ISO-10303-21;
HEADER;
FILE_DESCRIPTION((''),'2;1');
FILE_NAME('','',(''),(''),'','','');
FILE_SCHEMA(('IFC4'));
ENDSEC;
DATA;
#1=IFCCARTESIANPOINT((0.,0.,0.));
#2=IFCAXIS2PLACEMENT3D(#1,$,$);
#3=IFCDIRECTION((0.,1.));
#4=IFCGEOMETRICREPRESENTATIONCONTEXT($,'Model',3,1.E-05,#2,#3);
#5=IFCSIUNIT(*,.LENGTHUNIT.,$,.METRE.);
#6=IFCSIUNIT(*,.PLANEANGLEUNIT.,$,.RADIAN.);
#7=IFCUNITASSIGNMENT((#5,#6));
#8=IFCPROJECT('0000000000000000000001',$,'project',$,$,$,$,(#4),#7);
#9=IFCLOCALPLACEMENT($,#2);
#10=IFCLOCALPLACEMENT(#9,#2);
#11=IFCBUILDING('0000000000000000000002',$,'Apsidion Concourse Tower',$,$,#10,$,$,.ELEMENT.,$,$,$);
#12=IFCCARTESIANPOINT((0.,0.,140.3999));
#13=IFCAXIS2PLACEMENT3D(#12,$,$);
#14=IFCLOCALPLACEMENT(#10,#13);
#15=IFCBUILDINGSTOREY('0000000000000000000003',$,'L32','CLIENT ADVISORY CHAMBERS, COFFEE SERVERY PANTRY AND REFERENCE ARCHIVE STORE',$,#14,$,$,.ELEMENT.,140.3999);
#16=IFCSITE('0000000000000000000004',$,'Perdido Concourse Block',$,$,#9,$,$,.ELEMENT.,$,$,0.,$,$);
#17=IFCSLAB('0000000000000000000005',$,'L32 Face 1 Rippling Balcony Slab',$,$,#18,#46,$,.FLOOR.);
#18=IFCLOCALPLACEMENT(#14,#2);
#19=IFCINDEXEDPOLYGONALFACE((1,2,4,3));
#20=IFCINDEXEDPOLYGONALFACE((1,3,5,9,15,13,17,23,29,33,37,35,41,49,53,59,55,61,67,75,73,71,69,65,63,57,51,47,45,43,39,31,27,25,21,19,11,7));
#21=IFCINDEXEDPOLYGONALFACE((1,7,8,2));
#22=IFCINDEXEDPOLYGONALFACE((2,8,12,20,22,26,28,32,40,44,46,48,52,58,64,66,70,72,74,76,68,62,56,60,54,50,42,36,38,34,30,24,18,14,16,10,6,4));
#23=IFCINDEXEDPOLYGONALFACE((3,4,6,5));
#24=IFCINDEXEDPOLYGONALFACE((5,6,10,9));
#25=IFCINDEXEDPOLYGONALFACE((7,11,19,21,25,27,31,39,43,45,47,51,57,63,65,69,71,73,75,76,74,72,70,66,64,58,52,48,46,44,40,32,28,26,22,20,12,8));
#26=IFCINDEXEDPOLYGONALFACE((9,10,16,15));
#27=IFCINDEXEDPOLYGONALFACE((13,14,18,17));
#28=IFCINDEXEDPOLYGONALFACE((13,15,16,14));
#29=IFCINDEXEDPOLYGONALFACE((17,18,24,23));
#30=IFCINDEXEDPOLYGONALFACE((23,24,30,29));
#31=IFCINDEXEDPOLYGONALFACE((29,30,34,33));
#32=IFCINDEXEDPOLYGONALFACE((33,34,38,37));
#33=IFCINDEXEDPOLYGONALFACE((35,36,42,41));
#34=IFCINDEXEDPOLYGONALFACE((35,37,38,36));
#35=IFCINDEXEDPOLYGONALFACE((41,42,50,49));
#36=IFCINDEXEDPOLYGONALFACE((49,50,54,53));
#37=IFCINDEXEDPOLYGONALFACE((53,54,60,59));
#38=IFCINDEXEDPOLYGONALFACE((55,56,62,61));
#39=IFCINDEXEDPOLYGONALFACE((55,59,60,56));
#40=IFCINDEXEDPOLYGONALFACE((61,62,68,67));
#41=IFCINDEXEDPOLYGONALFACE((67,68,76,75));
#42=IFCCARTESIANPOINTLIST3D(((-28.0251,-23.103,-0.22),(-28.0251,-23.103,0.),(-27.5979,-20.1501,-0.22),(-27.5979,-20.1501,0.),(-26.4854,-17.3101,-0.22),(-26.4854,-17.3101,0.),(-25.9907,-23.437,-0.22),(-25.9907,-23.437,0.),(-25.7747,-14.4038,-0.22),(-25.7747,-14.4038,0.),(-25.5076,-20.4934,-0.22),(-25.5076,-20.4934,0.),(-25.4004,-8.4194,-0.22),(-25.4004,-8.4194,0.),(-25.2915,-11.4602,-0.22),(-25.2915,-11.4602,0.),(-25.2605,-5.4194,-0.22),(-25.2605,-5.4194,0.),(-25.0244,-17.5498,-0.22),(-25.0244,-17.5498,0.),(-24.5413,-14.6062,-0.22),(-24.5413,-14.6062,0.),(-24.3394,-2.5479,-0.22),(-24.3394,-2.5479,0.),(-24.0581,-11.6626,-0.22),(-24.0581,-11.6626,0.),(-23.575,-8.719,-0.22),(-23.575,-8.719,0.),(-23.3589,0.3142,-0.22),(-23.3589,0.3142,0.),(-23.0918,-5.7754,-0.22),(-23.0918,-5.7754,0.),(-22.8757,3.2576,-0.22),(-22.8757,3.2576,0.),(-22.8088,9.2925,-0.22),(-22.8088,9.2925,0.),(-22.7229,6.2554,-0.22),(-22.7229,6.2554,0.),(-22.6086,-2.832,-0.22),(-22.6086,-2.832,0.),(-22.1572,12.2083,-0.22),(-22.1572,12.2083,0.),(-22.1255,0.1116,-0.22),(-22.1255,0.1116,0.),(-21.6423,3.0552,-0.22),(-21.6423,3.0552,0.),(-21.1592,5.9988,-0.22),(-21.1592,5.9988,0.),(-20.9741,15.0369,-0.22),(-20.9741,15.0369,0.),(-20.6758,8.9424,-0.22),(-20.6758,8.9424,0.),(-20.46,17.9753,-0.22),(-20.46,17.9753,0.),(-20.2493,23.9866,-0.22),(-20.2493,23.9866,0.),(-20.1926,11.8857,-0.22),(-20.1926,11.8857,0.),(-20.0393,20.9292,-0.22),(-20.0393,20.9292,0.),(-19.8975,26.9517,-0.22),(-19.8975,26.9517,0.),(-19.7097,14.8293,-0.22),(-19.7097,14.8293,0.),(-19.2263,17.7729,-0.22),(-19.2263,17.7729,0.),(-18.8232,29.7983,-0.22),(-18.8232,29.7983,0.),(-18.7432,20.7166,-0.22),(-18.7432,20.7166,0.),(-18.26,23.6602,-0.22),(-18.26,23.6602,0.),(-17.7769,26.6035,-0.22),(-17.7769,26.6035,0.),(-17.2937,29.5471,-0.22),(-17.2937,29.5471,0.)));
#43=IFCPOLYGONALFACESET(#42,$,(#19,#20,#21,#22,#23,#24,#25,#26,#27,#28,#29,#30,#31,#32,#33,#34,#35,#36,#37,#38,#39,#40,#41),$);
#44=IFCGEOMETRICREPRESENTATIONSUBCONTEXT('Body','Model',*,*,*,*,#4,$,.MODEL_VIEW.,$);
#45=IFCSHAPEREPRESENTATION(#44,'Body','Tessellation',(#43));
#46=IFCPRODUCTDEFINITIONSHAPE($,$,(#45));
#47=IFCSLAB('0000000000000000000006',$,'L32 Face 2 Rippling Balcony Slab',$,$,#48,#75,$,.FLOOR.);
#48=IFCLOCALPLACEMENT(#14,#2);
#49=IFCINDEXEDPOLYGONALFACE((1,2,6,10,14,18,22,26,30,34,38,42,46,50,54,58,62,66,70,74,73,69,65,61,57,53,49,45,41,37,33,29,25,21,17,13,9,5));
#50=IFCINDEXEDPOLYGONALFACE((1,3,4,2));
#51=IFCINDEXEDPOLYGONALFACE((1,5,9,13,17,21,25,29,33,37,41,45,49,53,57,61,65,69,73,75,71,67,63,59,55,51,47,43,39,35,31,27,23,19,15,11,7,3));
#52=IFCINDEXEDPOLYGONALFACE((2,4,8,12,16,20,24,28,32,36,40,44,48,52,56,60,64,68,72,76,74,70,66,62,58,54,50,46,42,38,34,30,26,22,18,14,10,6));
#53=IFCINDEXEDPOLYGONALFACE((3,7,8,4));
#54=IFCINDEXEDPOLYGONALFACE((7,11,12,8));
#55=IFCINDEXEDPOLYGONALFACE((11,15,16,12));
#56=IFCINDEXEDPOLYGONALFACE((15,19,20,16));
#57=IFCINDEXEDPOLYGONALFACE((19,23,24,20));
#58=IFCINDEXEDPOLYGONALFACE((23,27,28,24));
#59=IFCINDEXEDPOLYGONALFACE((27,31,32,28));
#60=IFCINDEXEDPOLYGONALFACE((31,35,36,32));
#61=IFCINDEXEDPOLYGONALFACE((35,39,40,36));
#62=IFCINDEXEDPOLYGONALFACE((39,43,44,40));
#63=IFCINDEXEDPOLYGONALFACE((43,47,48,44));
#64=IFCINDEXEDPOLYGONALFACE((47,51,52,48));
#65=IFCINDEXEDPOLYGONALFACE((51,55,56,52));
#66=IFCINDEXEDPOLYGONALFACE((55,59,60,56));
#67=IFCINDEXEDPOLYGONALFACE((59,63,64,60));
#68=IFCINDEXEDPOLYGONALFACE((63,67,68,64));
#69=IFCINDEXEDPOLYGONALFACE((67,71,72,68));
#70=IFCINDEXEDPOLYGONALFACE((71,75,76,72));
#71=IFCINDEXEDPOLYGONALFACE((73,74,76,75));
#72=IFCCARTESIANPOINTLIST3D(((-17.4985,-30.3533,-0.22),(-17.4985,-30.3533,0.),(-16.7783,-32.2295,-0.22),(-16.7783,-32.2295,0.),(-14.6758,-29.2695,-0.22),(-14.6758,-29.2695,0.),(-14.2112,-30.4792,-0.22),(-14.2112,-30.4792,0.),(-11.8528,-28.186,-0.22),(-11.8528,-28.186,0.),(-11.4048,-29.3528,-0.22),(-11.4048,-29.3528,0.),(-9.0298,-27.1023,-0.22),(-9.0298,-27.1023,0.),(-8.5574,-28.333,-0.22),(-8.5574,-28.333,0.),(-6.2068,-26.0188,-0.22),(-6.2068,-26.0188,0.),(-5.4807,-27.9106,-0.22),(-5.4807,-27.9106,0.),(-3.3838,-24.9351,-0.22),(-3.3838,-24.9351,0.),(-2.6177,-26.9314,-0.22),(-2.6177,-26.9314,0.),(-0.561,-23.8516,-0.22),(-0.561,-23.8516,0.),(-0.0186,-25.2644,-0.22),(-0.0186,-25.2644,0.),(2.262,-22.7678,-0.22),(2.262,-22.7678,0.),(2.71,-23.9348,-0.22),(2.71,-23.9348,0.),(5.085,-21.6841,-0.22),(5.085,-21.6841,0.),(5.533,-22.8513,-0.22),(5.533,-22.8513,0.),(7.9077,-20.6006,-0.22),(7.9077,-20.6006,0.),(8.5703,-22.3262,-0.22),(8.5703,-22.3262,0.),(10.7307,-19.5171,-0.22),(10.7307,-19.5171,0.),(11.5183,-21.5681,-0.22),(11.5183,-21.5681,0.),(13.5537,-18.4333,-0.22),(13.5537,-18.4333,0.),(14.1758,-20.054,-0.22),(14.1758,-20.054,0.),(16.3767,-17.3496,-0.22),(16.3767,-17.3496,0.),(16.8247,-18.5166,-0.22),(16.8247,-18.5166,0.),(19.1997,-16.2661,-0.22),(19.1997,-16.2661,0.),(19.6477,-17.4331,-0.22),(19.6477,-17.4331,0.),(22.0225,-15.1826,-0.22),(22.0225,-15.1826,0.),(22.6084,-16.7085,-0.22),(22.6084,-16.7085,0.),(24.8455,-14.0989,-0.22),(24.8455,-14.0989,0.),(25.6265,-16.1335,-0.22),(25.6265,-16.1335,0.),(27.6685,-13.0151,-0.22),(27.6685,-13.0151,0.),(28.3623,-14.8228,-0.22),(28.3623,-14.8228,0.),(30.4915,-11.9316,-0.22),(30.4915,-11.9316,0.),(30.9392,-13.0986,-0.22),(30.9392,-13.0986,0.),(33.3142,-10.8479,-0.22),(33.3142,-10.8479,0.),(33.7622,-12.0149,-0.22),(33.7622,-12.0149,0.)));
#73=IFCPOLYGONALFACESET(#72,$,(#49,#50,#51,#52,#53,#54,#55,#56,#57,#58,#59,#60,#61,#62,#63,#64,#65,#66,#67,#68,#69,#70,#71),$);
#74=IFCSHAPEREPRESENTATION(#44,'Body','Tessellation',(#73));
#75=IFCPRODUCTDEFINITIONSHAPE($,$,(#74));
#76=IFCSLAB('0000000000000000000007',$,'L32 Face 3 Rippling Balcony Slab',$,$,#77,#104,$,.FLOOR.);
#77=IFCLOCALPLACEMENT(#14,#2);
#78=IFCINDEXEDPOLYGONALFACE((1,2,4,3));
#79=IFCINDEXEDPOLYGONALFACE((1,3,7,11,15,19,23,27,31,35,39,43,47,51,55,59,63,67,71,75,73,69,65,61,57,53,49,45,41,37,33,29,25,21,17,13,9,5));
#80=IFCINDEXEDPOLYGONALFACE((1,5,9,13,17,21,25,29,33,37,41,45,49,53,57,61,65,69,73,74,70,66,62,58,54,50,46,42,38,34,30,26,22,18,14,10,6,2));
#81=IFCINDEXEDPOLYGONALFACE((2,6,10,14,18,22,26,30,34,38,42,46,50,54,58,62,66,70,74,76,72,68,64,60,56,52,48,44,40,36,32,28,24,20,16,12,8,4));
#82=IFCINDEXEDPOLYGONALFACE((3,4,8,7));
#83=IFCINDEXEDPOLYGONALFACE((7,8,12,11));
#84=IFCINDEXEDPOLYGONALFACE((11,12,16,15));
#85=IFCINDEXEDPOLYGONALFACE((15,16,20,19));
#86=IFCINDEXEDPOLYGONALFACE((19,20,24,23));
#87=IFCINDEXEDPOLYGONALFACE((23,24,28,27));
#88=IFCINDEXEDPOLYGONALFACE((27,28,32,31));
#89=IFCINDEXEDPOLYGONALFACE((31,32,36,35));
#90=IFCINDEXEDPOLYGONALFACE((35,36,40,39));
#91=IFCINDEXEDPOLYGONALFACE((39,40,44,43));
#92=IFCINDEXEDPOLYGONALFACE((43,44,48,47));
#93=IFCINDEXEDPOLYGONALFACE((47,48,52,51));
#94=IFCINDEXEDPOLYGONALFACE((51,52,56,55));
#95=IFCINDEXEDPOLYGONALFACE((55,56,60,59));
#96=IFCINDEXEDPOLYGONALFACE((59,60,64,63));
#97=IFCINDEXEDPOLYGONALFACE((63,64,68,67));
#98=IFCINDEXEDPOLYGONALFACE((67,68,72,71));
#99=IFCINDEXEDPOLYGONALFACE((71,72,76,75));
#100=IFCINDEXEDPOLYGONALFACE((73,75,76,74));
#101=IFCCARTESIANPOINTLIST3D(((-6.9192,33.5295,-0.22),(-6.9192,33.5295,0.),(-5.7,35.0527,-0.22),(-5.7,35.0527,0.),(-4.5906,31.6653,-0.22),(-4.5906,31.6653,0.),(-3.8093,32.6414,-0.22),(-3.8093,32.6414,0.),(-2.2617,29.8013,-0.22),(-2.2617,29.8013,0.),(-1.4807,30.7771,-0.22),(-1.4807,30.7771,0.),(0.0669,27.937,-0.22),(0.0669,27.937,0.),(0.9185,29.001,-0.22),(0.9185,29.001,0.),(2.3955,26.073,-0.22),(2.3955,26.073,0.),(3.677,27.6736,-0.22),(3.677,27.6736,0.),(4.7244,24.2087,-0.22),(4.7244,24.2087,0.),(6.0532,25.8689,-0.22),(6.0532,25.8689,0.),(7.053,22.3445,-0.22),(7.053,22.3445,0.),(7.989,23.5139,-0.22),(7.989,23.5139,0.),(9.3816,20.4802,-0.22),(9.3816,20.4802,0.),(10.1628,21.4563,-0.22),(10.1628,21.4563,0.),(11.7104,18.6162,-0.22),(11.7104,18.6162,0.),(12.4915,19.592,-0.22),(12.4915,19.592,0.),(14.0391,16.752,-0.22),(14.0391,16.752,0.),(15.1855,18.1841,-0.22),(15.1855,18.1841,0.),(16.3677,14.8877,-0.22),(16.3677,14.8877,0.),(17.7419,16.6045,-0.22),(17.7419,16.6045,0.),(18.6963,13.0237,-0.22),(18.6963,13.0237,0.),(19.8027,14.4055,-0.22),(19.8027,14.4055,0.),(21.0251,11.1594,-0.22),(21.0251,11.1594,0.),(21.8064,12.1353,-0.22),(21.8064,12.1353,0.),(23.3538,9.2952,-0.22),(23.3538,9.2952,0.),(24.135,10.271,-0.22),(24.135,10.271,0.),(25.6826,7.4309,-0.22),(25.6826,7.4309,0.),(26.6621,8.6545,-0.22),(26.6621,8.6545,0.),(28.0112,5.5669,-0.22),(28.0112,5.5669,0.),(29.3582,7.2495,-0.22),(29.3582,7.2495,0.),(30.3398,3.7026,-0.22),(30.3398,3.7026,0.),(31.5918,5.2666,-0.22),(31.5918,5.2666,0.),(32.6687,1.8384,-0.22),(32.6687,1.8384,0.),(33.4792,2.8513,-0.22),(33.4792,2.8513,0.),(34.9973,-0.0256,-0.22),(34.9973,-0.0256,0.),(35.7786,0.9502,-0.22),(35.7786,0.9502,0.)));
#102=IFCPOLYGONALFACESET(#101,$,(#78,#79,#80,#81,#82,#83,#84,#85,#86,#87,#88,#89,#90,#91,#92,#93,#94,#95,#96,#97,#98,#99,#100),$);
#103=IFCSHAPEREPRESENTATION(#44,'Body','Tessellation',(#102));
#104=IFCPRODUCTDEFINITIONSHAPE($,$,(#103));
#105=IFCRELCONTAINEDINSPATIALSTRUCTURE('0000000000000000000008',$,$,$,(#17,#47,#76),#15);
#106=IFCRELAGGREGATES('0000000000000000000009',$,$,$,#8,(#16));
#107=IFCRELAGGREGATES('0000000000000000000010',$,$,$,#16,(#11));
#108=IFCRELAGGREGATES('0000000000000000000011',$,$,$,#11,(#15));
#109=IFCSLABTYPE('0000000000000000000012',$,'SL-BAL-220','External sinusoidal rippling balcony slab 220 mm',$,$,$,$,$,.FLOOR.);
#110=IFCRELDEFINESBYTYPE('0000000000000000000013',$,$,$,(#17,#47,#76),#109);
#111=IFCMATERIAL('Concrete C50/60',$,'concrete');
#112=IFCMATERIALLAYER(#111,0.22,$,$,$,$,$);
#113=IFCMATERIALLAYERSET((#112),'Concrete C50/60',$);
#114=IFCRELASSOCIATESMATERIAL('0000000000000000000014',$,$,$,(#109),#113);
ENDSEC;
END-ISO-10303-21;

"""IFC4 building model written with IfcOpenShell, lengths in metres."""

from ifc_helpers import new_model, si_unit, direction, frame, origin, place, context, subcontext, project, spatial, polyline, outline, extrude, material, layer, layer_set, type_object, element, save


model = new_model("IFC4")

# Units and contexts
model_context = context("Model", 3, precision=1e-05, world=origin(), true_north=direction((0.0, 1.0)))
body_context = subcontext(model_context, "Body", "Model", "MODEL_VIEW")
ifc_project = project(units=[si_unit("LENGTHUNIT", "METRE"), si_unit("PLANEANGLEUNIT", "RADIAN")], contexts=[model_context])

# Site, building, storey
site_placement = place(None, origin())
site = spatial("IfcSite", under=ifc_project, at=site_placement, Name="Perdido Concourse Block", CompositionType="ELEMENT", RefElevation=0.0)
building_placement = place(site_placement, origin())
building = spatial("IfcBuilding", under=site, at=building_placement, Name="Apsidion Concourse Tower", CompositionType="ELEMENT")
storey_placement = place(building_placement, frame((0.0, 0.0, 140.3999)))
storey = spatial("IfcBuildingStorey", under=building, at=storey_placement, Name="L32", Description="CLIENT ADVISORY CHAMBERS, COFFEE SERVERY PANTRY AND REFERENCE ARCHIVE STORE", CompositionType="ELEMENT", Elevation=140.3999)

# Shared definitions
ifc_material_1 = material(Name="Concrete C50/60", Category="concrete")

# Slabs
ifc_layer_1 = layer(ifc_material_1, 0.22)
ifc_layer_set_1 = layer_set([ifc_layer_1], Name="Concrete C50/60")
slab_type_1 = type_object("IfcSlabType", Name="SL-BAL-220", Description="External sinusoidal rippling balcony slab 220 mm", PredefinedType="FLOOR", material=ifc_layer_set_1)
slab_1_placement = place(storey_placement, frame((0.0, 0.0, -0.22)))
element("IfcSlab", 1, at=slab_1_placement, inside=storey, type_object=slab_type_1, Name="L32 Face 1 Rippling Balcony Slab", PredefinedType="FLOOR", context=body_context, shape_type="SweptSolid", body=[
    extrude(outline(polyline([(-17.2937, 29.5471), (-17.7769, 26.6035), (-18.26, 23.6602), (-18.7432, 20.7166), (-19.2263, 17.7729), (-19.7097, 14.8293), (-20.1926, 11.8857), (-20.6758, 8.9424), (-21.1592, 5.9988), (-21.6423, 3.0552), (-22.1255, 0.1116), (-22.6086, -2.832), (-23.0918, -5.7754), (-23.575, -8.719), (-24.0581, -11.6626), (-24.5413, -14.6062), (-25.0244, -17.5498), (-25.5076, -20.4934), (-25.9907, -23.437), (-28.0251, -23.103), (-27.5979, -20.1501), (-26.4854, -17.3101), (-25.7747, -14.4038), (-25.2915, -11.4602), (-25.4004, -8.4194), (-25.2605, -5.4194), (-24.3394, -2.5479), (-23.3589, 0.3142), (-22.8757, 3.2576), (-22.7229, 6.2554), (-22.8088, 9.2925), (-22.1572, 12.2083), (-20.9741, 15.0369), (-20.46, 17.9753), (-20.0393, 20.9292), (-20.2493, 23.9866), (-19.8975, 26.9517), (-18.8232, 29.7983), (-17.2937, 29.5471)])), origin(), (0.0, 0.0, 1.0), 0.22),
])
slab_2_placement = place(storey_placement, frame((0.0, 0.0, -0.22)))
element("IfcSlab", 2, at=slab_2_placement, inside=storey, type_object=slab_type_1, Name="L32 Face 2 Rippling Balcony Slab", PredefinedType="FLOOR", context=body_context, shape_type="SweptSolid", body=[
    extrude(outline(polyline([(-17.4985, -30.3533), (-14.6758, -29.2695), (-11.8528, -28.186), (-9.0298, -27.1023), (-6.2068, -26.0188), (-3.3838, -24.9351), (-0.561, -23.8516), (2.262, -22.7678), (5.085, -21.6841), (7.9077, -20.6006), (10.7307, -19.5171), (13.5537, -18.4333), (16.3767, -17.3496), (19.1997, -16.2661), (22.0225, -15.1826), (24.8455, -14.0989), (27.6685, -13.0151), (30.4915, -11.9316), (33.3142, -10.8479), (33.7622, -12.0149), (30.9392, -13.0986), (28.3623, -14.8228), (25.6265, -16.1335), (22.6084, -16.7085), (19.6477, -17.4331), (16.8247, -18.5166), (14.1758, -20.054), (11.5183, -21.5681), (8.5703, -22.3262), (5.533, -22.8513), (2.71, -23.9348), (-0.0186, -25.2644), (-2.6177, -26.9314), (-5.4807, -27.9106), (-8.5574, -28.333), (-11.4048, -29.3528), (-14.2112, -30.4792), (-16.7783, -32.2295), (-17.4985, -30.3533)])), origin(), (0.0, 0.0, 1.0), 0.22),
])
slab_3_placement = place(storey_placement, frame((0.0, 0.0, -0.22)))
element("IfcSlab", 3, at=slab_3_placement, inside=storey, type_object=slab_type_1, Name="L32 Face 3 Rippling Balcony Slab", PredefinedType="FLOOR", context=body_context, shape_type="SweptSolid", body=[
    extrude(outline(polyline([(34.9973, -0.0256), (32.6687, 1.8384), (30.3398, 3.7026), (28.0112, 5.5669), (25.6826, 7.4309), (23.3538, 9.2952), (21.0251, 11.1594), (18.6963, 13.0237), (16.3677, 14.8877), (14.0391, 16.752), (11.7104, 18.6162), (9.3816, 20.4802), (7.053, 22.3445), (4.7244, 24.2087), (2.3955, 26.073), (0.0669, 27.937), (-2.2617, 29.8013), (-4.5906, 31.6653), (-6.9192, 33.5295), (-5.7, 35.0527), (-3.8093, 32.6414), (-1.4807, 30.7771), (0.9185, 29.001), (3.677, 27.6736), (6.0532, 25.8689), (7.989, 23.5139), (10.1628, 21.4563), (12.4915, 19.592), (15.1855, 18.1841), (17.7419, 16.6045), (19.8027, 14.4055), (21.8064, 12.1353), (24.135, 10.271), (26.6621, 8.6545), (29.3582, 7.2495), (31.5918, 5.2666), (33.4792, 2.8513), (35.7786, 0.9502), (34.9973, -0.0256)])), origin(), (0.0, 0.0, 1.0), 0.22),
])

save(model, "model.ifc")
